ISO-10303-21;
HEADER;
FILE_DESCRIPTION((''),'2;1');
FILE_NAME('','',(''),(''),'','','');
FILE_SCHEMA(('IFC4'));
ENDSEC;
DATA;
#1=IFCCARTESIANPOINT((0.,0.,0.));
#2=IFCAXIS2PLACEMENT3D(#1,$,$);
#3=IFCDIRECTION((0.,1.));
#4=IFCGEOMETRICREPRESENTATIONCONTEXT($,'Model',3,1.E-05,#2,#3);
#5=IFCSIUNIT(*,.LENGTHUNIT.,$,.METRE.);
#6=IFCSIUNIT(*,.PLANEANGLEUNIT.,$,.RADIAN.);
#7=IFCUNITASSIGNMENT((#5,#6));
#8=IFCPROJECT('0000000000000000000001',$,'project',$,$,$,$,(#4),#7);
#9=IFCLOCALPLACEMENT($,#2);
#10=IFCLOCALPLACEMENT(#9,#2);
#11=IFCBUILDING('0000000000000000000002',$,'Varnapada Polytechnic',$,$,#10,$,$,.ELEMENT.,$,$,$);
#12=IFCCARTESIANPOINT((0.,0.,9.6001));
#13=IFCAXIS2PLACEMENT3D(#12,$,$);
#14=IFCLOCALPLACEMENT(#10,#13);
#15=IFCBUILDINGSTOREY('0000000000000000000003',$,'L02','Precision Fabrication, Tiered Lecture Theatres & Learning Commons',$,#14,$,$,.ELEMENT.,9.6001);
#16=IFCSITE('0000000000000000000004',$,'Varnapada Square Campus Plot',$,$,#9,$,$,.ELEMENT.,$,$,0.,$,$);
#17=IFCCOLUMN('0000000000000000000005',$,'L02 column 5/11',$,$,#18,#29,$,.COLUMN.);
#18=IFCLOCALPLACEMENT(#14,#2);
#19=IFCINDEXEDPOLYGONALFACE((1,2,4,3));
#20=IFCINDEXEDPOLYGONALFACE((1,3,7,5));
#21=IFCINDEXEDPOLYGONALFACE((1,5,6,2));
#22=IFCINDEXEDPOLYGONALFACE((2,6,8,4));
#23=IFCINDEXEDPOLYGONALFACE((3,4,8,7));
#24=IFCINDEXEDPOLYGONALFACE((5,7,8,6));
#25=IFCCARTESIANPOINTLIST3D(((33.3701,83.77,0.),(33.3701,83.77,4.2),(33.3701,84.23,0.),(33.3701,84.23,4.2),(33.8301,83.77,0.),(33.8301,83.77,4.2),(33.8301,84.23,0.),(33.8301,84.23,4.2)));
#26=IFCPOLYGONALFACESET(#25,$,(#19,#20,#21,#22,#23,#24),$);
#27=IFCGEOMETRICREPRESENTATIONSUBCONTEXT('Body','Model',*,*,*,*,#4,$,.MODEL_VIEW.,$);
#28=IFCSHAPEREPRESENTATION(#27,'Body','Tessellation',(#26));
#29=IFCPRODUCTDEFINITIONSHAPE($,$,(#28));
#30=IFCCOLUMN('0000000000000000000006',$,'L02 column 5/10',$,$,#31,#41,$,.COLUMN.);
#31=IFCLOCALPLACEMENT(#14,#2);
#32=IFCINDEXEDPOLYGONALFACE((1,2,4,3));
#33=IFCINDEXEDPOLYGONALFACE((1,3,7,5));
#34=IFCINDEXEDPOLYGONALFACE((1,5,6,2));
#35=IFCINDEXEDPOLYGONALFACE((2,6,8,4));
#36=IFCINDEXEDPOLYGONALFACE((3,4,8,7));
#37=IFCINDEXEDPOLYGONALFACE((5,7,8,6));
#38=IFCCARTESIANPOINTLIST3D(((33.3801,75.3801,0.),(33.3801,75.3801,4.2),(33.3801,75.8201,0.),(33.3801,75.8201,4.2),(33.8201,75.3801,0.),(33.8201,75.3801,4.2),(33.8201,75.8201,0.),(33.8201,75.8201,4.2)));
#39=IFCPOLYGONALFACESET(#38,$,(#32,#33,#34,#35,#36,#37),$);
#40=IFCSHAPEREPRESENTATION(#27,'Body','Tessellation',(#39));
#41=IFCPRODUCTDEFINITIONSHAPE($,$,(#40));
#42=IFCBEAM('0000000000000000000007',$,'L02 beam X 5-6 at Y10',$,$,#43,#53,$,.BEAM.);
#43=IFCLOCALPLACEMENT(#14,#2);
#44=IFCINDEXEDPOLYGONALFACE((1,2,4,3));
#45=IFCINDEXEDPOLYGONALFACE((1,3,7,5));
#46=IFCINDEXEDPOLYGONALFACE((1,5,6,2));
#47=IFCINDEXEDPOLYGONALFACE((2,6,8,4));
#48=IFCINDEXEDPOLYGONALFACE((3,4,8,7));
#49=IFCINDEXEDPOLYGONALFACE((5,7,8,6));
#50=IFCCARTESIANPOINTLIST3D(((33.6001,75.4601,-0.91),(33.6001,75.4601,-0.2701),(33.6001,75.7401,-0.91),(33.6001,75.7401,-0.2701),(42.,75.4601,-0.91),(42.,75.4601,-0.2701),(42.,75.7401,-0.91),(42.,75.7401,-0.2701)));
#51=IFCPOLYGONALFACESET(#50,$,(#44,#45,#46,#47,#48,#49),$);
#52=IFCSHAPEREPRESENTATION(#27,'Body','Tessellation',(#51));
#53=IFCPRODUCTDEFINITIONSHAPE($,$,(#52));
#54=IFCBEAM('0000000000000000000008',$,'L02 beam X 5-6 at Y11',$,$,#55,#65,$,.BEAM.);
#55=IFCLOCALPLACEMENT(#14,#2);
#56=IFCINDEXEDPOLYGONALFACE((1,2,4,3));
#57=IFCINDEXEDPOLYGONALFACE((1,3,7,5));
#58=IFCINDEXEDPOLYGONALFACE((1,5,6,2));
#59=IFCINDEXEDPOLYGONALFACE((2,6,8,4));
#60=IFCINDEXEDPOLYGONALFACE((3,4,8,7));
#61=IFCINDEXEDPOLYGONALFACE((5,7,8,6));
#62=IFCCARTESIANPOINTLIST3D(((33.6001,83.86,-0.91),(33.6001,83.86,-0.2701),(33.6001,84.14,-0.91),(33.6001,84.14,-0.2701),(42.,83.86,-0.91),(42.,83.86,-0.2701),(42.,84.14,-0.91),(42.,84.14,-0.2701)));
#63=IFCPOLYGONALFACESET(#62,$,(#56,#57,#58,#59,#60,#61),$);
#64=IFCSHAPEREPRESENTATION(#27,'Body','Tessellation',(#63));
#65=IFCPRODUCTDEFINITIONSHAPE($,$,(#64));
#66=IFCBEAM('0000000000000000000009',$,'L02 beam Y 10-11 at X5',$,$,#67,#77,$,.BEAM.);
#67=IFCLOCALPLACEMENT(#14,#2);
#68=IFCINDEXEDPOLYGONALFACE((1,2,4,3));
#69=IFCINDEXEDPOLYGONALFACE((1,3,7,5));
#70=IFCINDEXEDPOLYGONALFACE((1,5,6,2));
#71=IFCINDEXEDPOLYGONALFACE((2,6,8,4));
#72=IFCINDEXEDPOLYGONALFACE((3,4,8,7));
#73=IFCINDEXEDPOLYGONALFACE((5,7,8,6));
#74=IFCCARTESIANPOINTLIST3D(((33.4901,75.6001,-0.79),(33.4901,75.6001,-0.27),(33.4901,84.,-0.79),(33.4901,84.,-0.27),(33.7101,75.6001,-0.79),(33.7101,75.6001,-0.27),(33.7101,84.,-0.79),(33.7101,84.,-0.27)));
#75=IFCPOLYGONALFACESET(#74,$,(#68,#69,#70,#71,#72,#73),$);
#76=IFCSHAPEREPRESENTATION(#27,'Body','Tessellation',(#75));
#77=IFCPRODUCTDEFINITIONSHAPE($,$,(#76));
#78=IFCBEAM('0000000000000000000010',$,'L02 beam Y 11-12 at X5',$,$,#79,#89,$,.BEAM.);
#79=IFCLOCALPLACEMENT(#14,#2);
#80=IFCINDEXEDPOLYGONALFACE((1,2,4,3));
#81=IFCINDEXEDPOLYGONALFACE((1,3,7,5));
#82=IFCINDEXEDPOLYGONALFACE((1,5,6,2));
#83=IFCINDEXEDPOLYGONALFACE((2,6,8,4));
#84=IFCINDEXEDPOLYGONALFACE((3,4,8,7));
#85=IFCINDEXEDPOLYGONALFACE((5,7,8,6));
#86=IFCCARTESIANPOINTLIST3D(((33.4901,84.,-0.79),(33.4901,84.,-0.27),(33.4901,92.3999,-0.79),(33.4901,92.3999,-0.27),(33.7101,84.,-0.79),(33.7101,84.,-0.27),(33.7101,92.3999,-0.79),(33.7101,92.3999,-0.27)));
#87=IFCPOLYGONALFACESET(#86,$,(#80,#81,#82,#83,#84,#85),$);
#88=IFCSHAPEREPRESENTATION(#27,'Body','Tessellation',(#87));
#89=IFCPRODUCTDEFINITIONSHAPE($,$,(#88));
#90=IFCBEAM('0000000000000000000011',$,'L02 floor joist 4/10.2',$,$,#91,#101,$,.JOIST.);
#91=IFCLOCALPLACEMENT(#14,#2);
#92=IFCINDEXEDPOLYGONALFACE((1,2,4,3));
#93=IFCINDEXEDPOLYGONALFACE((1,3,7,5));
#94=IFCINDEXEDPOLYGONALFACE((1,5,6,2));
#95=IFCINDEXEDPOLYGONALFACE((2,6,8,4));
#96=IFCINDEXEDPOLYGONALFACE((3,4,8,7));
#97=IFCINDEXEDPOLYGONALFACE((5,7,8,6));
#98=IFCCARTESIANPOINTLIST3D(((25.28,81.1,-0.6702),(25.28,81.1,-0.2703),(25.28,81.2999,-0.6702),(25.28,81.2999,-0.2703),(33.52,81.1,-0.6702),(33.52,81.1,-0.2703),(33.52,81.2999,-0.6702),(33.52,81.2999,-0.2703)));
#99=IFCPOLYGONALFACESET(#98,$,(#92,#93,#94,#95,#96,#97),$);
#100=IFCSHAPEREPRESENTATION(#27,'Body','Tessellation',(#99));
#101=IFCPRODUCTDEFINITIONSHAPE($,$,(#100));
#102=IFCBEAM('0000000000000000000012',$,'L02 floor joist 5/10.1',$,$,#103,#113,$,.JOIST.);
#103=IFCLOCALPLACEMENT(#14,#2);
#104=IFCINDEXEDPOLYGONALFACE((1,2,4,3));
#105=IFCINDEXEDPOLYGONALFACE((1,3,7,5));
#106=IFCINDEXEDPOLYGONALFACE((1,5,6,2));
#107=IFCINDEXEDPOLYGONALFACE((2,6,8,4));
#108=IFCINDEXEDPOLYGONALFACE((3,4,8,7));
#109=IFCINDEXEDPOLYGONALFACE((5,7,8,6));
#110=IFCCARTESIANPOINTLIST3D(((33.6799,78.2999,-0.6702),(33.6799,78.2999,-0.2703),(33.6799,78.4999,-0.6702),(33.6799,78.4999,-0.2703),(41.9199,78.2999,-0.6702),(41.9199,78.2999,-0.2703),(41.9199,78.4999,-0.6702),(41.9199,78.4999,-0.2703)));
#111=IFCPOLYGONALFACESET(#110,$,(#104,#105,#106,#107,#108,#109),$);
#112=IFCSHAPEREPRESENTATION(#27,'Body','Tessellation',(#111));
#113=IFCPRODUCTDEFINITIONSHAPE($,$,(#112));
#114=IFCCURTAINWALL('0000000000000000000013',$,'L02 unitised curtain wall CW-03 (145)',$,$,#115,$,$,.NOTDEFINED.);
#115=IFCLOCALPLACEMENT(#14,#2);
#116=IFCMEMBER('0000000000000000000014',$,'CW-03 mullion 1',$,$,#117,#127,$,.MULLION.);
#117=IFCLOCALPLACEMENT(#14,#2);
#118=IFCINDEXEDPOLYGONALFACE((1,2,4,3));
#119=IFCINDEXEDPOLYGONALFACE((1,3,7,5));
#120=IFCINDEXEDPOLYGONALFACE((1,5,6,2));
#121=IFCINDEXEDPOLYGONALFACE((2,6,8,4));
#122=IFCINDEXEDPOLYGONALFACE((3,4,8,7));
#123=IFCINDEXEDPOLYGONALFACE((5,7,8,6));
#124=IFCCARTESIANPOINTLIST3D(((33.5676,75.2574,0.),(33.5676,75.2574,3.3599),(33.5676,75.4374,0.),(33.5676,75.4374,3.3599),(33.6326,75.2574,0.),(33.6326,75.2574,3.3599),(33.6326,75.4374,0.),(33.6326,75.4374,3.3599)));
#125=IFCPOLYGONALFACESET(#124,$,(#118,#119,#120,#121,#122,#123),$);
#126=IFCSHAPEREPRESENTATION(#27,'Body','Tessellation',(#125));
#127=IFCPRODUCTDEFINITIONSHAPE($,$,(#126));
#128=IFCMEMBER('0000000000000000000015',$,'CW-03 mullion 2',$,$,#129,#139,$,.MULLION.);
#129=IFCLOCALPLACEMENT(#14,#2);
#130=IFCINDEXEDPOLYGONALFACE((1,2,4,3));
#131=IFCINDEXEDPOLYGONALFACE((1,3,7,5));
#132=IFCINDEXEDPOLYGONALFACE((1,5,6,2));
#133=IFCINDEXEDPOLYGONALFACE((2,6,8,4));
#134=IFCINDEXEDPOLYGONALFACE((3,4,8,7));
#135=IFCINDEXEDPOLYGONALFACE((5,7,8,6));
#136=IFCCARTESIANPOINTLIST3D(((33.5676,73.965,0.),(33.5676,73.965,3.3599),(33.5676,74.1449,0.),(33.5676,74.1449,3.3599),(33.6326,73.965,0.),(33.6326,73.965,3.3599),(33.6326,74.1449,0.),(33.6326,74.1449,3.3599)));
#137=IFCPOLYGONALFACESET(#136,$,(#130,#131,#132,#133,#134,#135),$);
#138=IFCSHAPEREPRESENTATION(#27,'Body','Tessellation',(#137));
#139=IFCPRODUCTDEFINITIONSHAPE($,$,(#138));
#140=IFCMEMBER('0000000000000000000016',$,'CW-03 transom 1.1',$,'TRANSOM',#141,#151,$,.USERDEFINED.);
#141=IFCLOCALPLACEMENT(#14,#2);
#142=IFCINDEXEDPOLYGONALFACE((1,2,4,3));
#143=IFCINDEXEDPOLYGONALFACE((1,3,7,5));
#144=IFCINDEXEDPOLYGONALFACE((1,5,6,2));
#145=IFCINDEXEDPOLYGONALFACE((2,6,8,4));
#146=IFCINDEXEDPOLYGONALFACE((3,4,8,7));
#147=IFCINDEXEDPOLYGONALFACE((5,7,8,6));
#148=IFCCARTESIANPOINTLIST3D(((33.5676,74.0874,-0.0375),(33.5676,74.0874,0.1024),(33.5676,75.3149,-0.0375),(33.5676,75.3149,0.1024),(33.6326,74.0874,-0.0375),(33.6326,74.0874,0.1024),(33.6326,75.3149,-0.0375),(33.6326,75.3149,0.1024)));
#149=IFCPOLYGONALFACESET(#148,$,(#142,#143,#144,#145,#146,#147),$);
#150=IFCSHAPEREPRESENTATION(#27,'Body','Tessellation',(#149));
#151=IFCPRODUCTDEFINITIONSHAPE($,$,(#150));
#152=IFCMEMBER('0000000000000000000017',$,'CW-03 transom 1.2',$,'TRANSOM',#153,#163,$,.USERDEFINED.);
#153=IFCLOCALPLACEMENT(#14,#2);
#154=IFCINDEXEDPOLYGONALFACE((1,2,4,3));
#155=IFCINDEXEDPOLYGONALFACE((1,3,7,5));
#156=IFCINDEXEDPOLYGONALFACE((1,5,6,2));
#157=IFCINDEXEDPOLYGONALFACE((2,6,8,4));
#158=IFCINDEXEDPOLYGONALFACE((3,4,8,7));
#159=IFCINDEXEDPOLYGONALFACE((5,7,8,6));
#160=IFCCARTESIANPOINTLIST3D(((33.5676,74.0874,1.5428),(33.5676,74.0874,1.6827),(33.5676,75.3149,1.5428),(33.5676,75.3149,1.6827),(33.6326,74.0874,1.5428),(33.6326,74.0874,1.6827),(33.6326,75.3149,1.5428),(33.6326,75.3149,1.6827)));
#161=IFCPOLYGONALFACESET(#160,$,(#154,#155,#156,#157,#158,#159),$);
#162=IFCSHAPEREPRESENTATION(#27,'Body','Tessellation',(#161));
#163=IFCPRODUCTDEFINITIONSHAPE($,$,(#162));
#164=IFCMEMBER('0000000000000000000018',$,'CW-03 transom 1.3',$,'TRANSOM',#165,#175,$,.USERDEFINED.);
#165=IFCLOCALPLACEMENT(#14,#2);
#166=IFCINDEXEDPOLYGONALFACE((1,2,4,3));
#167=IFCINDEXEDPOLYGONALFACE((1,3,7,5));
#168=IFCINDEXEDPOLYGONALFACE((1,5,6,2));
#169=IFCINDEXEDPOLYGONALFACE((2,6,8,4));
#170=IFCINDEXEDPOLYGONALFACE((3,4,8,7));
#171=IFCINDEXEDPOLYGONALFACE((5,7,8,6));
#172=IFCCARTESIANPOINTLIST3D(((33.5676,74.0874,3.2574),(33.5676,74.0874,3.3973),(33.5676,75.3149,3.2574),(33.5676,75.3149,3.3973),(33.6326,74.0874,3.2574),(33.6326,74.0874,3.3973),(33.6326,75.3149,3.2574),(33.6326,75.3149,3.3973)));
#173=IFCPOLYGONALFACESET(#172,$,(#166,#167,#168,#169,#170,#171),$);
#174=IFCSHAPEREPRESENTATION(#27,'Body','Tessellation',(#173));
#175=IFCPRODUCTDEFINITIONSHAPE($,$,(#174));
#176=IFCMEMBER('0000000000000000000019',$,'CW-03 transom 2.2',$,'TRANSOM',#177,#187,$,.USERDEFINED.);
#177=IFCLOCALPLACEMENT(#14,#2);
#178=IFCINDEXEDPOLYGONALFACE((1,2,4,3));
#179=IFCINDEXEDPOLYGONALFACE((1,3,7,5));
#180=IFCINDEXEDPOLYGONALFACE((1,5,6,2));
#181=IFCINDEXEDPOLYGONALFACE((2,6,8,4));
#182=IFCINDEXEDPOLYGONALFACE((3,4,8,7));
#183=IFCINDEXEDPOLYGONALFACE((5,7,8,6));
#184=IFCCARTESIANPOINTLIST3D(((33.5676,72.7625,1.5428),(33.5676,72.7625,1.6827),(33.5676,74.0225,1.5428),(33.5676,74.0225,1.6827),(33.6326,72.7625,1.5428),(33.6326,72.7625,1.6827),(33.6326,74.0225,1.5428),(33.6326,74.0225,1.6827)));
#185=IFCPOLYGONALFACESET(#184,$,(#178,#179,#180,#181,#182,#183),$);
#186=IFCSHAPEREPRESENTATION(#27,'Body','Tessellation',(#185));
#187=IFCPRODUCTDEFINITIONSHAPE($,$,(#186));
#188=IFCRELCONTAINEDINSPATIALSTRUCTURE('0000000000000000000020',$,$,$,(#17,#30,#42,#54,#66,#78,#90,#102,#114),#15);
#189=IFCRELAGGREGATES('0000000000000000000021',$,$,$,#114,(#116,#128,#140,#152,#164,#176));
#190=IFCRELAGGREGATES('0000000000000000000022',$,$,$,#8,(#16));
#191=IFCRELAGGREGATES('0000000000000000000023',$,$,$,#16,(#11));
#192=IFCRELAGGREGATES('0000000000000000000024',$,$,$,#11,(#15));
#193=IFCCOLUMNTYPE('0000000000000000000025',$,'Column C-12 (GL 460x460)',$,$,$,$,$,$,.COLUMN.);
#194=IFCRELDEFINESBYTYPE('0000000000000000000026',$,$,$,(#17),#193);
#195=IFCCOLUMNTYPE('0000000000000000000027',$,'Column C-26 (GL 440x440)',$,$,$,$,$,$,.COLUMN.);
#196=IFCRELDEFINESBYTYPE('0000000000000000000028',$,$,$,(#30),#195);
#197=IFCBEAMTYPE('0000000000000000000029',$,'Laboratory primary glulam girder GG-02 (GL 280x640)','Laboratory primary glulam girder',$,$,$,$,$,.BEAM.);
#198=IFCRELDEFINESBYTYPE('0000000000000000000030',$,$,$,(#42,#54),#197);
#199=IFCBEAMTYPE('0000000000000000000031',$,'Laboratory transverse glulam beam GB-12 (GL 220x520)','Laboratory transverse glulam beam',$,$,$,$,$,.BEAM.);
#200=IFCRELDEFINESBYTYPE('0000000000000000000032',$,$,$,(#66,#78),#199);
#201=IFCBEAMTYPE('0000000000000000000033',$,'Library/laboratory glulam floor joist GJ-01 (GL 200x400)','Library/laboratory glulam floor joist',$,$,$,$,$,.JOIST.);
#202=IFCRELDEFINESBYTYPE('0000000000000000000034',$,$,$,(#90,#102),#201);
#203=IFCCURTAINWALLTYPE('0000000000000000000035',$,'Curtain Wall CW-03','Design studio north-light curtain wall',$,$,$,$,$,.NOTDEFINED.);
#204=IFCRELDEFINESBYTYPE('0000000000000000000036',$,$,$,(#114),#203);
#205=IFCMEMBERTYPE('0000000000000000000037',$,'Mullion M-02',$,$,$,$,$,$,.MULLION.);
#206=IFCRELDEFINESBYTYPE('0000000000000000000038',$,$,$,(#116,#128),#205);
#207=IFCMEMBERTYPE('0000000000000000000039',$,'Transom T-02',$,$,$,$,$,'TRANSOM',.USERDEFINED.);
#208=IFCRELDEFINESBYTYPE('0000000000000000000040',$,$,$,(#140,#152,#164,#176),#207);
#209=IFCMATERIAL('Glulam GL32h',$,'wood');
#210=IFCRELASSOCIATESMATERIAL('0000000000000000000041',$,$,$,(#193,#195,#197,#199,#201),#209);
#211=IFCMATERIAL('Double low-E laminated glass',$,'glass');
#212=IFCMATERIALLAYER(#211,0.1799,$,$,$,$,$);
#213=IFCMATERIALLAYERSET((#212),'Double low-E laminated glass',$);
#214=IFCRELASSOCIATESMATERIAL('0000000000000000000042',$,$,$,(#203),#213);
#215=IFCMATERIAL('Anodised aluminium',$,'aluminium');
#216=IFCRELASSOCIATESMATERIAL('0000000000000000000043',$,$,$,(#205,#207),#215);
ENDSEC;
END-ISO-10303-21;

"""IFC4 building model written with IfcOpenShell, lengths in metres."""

from ifc_helpers import new_model, si_unit, direction, frame, origin, origin_2d, place, context, subcontext, project, spatial, rectangle, extrude, material, layer, layer_set, material_profile, profile_set, type_object, element, aggregate, save


model = new_model("IFC4")

# Units and contexts
model_context = context("Model", 3, precision=1e-05, world=origin(), true_north=direction((0.0, 1.0)))
body_context = subcontext(model_context, "Body", "Model", "MODEL_VIEW")
ifc_project = project(units=[si_unit("LENGTHUNIT", "METRE"), si_unit("PLANEANGLEUNIT", "RADIAN")], contexts=[model_context])

# Site, building, storey
site_placement = place(None, origin())
site = spatial("IfcSite", under=ifc_project, at=site_placement, Name="Varnapada Square Campus Plot", CompositionType="ELEMENT", RefElevation=0.0)
building_placement = place(site_placement, origin())
building = spatial("IfcBuilding", under=site, at=building_placement, Name="Varnapada Polytechnic", CompositionType="ELEMENT")
storey_placement = place(building_placement, frame((0.0, 0.0, 9.6001)))
storey = spatial("IfcBuildingStorey", under=building, at=storey_placement, Name="L02", Description="Precision Fabrication, Tiered Lecture Theatres & Learning Commons", CompositionType="ELEMENT", Elevation=9.6001)

# Columns
ifc_material_1 = material(Name="Glulam GL32h", Category="wood")
ifc_material_profile_1 = material_profile(ifc_material_1, rectangle(XDim=0.46, YDim=0.46, at=origin_2d()), Name="GL 460x460")
ifc_profile_set_1 = profile_set([ifc_material_profile_1], Name="Glulam GL32h")
column_type_1 = type_object("IfcColumnType", Name="Column C-12 (GL 460x460)", PredefinedType="COLUMN", material=ifc_profile_set_1)
column_1_placement = place(storey_placement, frame((33.6001, 84.0, 0.0), z_axis=(0.0, 0.0, 1.0), x_axis=(1.0, 0.0, 0.0)))
element("IfcColumn", 1, at=column_1_placement, inside=storey, type_object=column_type_1, Name="L02 column 5/11", PredefinedType="COLUMN", context=body_context, shape_type="SweptSolid", body=[
    extrude(rectangle(XDim=0.46, YDim=0.46, at=origin_2d()), origin(), (0.0, 0.0, 1.0), 4.2),
])
ifc_material_profile_2 = material_profile(ifc_material_1, rectangle(XDim=0.4399, YDim=0.4399, at=origin_2d()), Name="GL 440x440")
ifc_profile_set_2 = profile_set([ifc_material_profile_2], Name="Glulam GL32h")
column_type_2 = type_object("IfcColumnType", Name="Column C-26 (GL 440x440)", PredefinedType="COLUMN", material=ifc_profile_set_2)
column_2_placement = place(storey_placement, frame((33.6001, 75.6001, 0.0), z_axis=(0.0, 0.0, 1.0), x_axis=(1.0, 0.0, 0.0)))
element("IfcColumn", 2, at=column_2_placement, inside=storey, type_object=column_type_2, Name="L02 column 5/10", PredefinedType="COLUMN", context=body_context, shape_type="SweptSolid", body=[
    extrude(rectangle(XDim=0.4399, YDim=0.4399, at=origin_2d()), origin(), (0.0, 0.0, 1.0), 4.2),
])

# Beams
ifc_material_profile_3 = material_profile(ifc_material_1, rectangle(XDim=0.28, YDim=0.6399, at=origin_2d()), Name="GL 280x640")
ifc_profile_set_3 = profile_set([ifc_material_profile_3], Name="Glulam GL32h")
beam_type_1 = type_object("IfcBeamType", Name="Laboratory primary glulam girder GG-02 (GL 280x640)", Description="Laboratory primary glulam girder", PredefinedType="BEAM", material=ifc_profile_set_3)
for number, where, z_axis, x_axis, name in (
    (3, (33.6001, 75.6001, -0.5901), (1.0, 0.0, 0.0), (0.0, 1.0, 0.0), "L02 beam X 5-6 at Y10"),
    (4, (33.6001, 84.0, -0.5901), (1.0, 0.0, 0.0), (0.0, 1.0, 0.0), "L02 beam X 5-6 at Y11"),
):
    element("IfcBeam", number, at=place(storey_placement, frame(where, z_axis=z_axis, x_axis=x_axis)), inside=storey, type_object=beam_type_1, Name=name, PredefinedType="BEAM", context=body_context, shape_type="SweptSolid", body=[
        extrude(rectangle(XDim=0.28, YDim=0.6399, at=origin_2d()), origin(), (0.0, 0.0, 1.0), 8.3999),
    ])
ifc_material_profile_4 = material_profile(ifc_material_1, rectangle(XDim=0.22, YDim=0.52, at=origin_2d()), Name="GL 220x520")
ifc_profile_set_4 = profile_set([ifc_material_profile_4], Name="Glulam GL32h")
beam_type_2 = type_object("IfcBeamType", Name="Laboratory transverse glulam beam GB-12 (GL 220x520)", Description="Laboratory transverse glulam beam", PredefinedType="BEAM", material=ifc_profile_set_4)
for number, where, z_axis, x_axis, name in (
    (5, (33.6001, 75.6001, -0.53), (0.0, 1.0, 0.0), (-1.0, 0.0, 0.0), "L02 beam Y 10-11 at X5"),
    (6, (33.6001, 84.0, -0.53), (0.0, 1.0, 0.0), (-1.0, 0.0, 0.0), "L02 beam Y 11-12 at X5"),
):
    element("IfcBeam", number, at=place(storey_placement, frame(where, z_axis=z_axis, x_axis=x_axis)), inside=storey, type_object=beam_type_2, Name=name, PredefinedType="BEAM", context=body_context, shape_type="SweptSolid", body=[
        extrude(rectangle(XDim=0.22, YDim=0.52, at=origin_2d()), origin(), (0.0, 0.0, 1.0), 8.3999),
    ])
ifc_material_profile_5 = material_profile(ifc_material_1, rectangle(XDim=0.2, YDim=0.3999, at=origin_2d()), Name="GL 200x400")
ifc_profile_set_5 = profile_set([ifc_material_profile_5], Name="Glulam GL32h")
beam_type_3 = type_object("IfcBeamType", Name="Library/laboratory glulam floor joist GJ-01 (GL 200x400)", Description="Library/laboratory glulam floor joist", PredefinedType="JOIST", material=ifc_profile_set_5)
for number, where, z_axis, x_axis, name in (
    (7, (25.28, 81.2, -0.4702), (1.0, 0.0, 0.0), (0.0, 1.0, 0.0), "L02 floor joist 4/10.2"),
    (8, (33.6799, 78.3999, -0.4702), (1.0, 0.0, 0.0), (0.0, 1.0, 0.0), "L02 floor joist 5/10.1"),
):
    element("IfcBeam", number, at=place(storey_placement, frame(where, z_axis=z_axis, x_axis=x_axis)), inside=storey, type_object=beam_type_3, Name=name, PredefinedType="JOIST", context=body_context, shape_type="SweptSolid", body=[
        extrude(rectangle(XDim=0.2, YDim=0.3999, at=origin_2d()), origin(), (0.0, 0.0, 1.0), 8.24),
    ])

# Curtain wall, members
ifc_material_2 = material(Name="Double low-E laminated glass", Category="glass")
ifc_layer_1 = layer(ifc_material_2, 0.1799)
ifc_layer_set_1 = layer_set([ifc_layer_1], Name="Double low-E laminated glass")
curtain_wall_type = type_object("IfcCurtainWallType", Name="Curtain Wall CW-03", Description="Design studio north-light curtain wall", PredefinedType="NOTDEFINED", material=ifc_layer_set_1)
curtain_wall_placement = place(storey_placement, origin())
curtain_wall = element("IfcCurtainWall", 9, at=curtain_wall_placement, inside=storey, type_object=curtain_wall_type, Name="L02 unitised curtain wall CW-03 (145)", PredefinedType="NOTDEFINED")
ifc_material_3 = material(Name="Anodised aluminium", Category="aluminium")
ifc_material_profile_6 = material_profile(ifc_material_3, rectangle(XDim=0.0649, YDim=0.1799, at=origin_2d()), Name="ALU M65x180")
ifc_profile_set_6 = profile_set([ifc_material_profile_6], Name="Anodised aluminium")
member_type_1 = type_object("IfcMemberType", Name="Mullion M-02", PredefinedType="MULLION", material=ifc_profile_set_6)
member_1_placement = place(storey_placement, frame((33.6001, 75.3474, 0.0), z_axis=(0.0, 0.0, 1.0), x_axis=(1.0, 0.0, 0.0)))
member_1 = element("IfcMember", 10, at=member_1_placement, type_object=member_type_1, Name="CW-03 mullion 1", PredefinedType="MULLION", context=body_context, shape_type="SweptSolid", body=[
    extrude(rectangle(XDim=0.0649, YDim=0.1799, at=origin_2d()), origin(), (0.0, 0.0, 1.0), 3.3599),
])
member_2_placement = place(storey_placement, frame((33.6001, 74.0549, 0.0), z_axis=(0.0, 0.0, 1.0), x_axis=(1.0, 0.0, 0.0)))
member_2 = element("IfcMember", 11, at=member_2_placement, type_object=member_type_1, Name="CW-03 mullion 2", PredefinedType="MULLION", context=body_context, shape_type="SweptSolid", body=[
    extrude(rectangle(XDim=0.0649, YDim=0.1799, at=origin_2d()), origin(), (0.0, 0.0, 1.0), 3.3599),
])
ifc_material_profile_7 = material_profile(ifc_material_3, rectangle(XDim=0.0649, YDim=0.1399, at=origin_2d()), Name="ALU T65x140")
ifc_profile_set_7 = profile_set([ifc_material_profile_7], Name="Anodised aluminium")
member_type_2 = type_object("IfcMemberType", Name="Transom T-02", ElementType="TRANSOM", PredefinedType="USERDEFINED", material=ifc_profile_set_7)
member_3_placement = place(storey_placement, frame((33.6001, 75.3149, 0.0325), z_axis=(0.0, -1.0, 0.0), x_axis=(1.0, 0.0, 0.0)))
member_3 = element("IfcMember", 12, at=member_3_placement, type_object=member_type_2, Name="CW-03 transom 1.1", ObjectType="TRANSOM", PredefinedType="USERDEFINED", context=body_context, shape_type="SweptSolid", body=[
    extrude(rectangle(XDim=0.0649, YDim=0.1399, at=origin_2d()), origin(), (0.0, 0.0, 1.0), 1.2275),
])
member_4_placement = place(storey_placement, frame((33.6001, 75.3149, 1.6128), z_axis=(0.0, -1.0, 0.0), x_axis=(1.0, 0.0, 0.0)))
member_4 = element("IfcMember", 13, at=member_4_placement, type_object=member_type_2, Name="CW-03 transom 1.2", ObjectType="TRANSOM", PredefinedType="USERDEFINED", context=body_context, shape_type="SweptSolid", body=[
    extrude(rectangle(XDim=0.0649, YDim=0.1399, at=origin_2d()), origin(), (0.0, 0.0, 1.0), 1.2275),
])
member_5_placement = place(storey_placement, frame((33.6001, 75.3149, 3.3274), z_axis=(0.0, -1.0, 0.0), x_axis=(1.0, 0.0, 0.0)))
member_5 = element("IfcMember", 14, at=member_5_placement, type_object=member_type_2, Name="CW-03 transom 1.3", ObjectType="TRANSOM", PredefinedType="USERDEFINED", context=body_context, shape_type="SweptSolid", body=[
    extrude(rectangle(XDim=0.0649, YDim=0.1399, at=origin_2d()), origin(), (0.0, 0.0, 1.0), 1.2275),
])
member_6_placement = place(storey_placement, frame((33.6001, 74.0225, 1.6128), z_axis=(0.0, -1.0, 0.0), x_axis=(1.0, 0.0, 0.0)))
member_6 = element("IfcMember", 15, at=member_6_placement, type_object=member_type_2, Name="CW-03 transom 2.2", ObjectType="TRANSOM", PredefinedType="USERDEFINED", context=body_context, shape_type="SweptSolid", body=[
    extrude(rectangle(XDim=0.0649, YDim=0.1399, at=origin_2d()), origin(), (0.0, 0.0, 1.0), 1.26),
])
aggregate(curtain_wall, [member_1, member_2, member_3, member_4, member_5, member_6])

save(model, "model.ifc")
